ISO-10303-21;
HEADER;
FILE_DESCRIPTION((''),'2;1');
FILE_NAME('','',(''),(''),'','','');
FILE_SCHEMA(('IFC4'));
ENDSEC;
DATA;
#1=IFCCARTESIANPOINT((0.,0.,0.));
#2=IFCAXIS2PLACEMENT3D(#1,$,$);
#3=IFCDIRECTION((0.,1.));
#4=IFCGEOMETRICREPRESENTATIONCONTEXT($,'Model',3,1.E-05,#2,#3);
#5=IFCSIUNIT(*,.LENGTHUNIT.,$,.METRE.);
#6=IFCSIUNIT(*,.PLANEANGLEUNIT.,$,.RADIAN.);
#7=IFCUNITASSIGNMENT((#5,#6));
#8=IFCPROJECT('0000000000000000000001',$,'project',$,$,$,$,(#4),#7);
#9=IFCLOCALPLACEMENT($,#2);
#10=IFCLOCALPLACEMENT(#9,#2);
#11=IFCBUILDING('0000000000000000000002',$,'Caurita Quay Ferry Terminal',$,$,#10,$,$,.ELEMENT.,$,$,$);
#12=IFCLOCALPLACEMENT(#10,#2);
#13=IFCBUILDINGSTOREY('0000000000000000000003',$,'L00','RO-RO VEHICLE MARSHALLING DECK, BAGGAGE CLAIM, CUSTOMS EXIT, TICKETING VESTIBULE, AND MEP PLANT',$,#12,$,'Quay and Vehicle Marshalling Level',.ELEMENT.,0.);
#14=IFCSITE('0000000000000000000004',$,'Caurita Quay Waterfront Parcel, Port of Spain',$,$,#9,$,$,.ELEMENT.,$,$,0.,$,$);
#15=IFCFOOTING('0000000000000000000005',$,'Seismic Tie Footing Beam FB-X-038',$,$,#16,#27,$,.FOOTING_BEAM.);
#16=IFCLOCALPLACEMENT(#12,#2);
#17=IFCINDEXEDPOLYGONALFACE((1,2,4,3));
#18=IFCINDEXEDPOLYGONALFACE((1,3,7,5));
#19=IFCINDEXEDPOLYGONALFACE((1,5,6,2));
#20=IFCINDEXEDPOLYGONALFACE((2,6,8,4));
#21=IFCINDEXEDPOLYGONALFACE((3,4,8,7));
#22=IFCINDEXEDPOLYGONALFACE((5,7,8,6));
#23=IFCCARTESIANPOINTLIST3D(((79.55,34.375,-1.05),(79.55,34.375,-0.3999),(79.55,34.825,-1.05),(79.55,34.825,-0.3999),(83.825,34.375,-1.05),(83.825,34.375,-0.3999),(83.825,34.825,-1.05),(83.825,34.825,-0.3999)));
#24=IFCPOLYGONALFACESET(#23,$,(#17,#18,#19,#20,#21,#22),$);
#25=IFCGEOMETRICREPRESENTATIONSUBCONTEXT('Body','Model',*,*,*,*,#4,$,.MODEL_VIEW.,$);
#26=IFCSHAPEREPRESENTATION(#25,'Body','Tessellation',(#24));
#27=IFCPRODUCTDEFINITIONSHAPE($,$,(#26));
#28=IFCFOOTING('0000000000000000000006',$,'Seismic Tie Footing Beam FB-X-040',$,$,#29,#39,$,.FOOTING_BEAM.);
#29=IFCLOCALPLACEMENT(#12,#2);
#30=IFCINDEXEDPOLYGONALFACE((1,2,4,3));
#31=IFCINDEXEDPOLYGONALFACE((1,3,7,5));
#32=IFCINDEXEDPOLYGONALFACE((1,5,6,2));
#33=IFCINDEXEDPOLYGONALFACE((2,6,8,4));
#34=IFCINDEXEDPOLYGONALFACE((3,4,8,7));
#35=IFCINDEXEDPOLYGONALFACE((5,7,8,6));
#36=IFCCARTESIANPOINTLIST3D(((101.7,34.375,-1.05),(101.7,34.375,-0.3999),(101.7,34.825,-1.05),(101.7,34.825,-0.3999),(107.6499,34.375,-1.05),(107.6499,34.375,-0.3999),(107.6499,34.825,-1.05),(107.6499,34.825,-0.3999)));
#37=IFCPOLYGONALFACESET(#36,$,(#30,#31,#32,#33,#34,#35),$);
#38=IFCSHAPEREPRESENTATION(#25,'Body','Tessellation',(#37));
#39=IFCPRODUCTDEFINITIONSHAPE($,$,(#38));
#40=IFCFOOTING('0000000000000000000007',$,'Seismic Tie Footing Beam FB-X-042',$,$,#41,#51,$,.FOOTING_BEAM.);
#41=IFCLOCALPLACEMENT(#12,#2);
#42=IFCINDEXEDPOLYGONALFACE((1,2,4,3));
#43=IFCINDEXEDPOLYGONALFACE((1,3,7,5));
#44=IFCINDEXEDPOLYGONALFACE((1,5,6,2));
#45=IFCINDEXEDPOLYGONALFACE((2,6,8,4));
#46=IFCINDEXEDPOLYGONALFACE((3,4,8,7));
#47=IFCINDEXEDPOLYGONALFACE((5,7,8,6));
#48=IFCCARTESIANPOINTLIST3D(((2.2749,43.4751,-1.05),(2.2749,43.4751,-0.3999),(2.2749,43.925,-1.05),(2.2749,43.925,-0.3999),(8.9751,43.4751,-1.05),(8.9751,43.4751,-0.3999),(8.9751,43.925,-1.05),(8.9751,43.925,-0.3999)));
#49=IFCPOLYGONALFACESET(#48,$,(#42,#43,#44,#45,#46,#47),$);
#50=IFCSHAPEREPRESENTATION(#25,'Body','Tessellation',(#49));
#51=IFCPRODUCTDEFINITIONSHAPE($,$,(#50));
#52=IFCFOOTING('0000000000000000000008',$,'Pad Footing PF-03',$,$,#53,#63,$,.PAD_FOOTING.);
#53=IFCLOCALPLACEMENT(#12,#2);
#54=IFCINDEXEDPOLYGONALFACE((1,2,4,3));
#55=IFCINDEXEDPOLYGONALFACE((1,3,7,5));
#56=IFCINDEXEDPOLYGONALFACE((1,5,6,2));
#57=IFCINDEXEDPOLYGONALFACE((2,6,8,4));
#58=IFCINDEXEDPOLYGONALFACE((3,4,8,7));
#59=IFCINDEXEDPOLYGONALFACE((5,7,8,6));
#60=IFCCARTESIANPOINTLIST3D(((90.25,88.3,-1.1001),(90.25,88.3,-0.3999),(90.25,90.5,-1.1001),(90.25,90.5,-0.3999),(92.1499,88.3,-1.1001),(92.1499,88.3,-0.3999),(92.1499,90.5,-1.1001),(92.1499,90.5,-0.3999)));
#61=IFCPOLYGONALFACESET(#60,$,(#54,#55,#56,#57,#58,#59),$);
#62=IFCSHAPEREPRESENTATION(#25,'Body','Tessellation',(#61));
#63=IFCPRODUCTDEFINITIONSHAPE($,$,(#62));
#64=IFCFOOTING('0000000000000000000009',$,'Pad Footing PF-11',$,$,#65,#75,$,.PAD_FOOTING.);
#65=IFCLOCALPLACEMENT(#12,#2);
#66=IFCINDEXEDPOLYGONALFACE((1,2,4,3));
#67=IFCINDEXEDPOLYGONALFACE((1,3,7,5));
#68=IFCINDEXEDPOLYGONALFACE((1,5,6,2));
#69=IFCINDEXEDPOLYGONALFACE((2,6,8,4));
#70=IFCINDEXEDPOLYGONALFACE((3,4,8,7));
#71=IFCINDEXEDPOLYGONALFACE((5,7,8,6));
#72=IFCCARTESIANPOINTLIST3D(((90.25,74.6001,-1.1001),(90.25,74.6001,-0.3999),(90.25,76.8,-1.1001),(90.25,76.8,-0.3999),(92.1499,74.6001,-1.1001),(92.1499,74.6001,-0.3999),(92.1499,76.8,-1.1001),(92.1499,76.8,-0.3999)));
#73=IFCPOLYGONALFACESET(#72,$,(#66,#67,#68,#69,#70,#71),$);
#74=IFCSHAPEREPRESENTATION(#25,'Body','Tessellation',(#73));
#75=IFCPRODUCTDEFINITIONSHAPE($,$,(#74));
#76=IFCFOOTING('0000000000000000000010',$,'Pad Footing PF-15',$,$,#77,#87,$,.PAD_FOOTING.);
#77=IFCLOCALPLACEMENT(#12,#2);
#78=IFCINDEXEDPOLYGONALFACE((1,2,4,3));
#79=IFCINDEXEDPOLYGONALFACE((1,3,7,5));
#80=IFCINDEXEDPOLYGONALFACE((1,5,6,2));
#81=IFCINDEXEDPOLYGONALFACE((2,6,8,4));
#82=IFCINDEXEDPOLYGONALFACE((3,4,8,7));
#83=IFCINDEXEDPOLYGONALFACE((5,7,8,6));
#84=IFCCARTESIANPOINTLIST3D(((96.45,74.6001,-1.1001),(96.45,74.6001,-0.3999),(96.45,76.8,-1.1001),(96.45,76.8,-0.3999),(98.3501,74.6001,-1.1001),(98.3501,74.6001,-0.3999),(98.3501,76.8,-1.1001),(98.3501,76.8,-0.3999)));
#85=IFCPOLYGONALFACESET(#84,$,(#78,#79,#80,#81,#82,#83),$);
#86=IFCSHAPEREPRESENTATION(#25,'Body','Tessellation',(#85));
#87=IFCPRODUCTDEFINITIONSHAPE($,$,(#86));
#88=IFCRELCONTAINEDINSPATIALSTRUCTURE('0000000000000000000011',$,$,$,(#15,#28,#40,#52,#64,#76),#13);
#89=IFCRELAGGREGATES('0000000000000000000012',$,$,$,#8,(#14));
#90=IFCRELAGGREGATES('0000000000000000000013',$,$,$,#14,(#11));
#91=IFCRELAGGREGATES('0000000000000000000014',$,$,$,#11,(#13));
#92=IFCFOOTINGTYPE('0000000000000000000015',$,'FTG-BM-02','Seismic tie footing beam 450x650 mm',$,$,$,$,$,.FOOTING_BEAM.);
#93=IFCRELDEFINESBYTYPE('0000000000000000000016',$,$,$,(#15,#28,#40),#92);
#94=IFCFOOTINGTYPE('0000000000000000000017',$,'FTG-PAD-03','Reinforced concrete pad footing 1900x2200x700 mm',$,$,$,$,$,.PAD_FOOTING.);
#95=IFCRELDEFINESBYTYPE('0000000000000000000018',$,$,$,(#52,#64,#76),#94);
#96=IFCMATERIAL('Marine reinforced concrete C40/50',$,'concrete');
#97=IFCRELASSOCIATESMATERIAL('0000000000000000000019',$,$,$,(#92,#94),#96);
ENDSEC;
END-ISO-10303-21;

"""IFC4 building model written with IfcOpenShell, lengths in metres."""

from ifc_helpers import new_model, si_unit, direction, frame, origin, place, context, subcontext, project, spatial, polyline, outline, extrude, material, type_object, element, save


model = new_model("IFC4")

# Units and contexts
model_context = context("Model", 3, precision=1e-05, world=origin(), true_north=direction((0.0, 1.0)))
body_context = subcontext(model_context, "Body", "Model", "MODEL_VIEW")
ifc_project = project(units=[si_unit("LENGTHUNIT", "METRE"), si_unit("PLANEANGLEUNIT", "RADIAN")], contexts=[model_context])

# Site, building, storey
site_placement = place(None, origin())
site = spatial("IfcSite", under=ifc_project, at=site_placement, Name="Caurita Quay Waterfront Parcel, Port of Spain", CompositionType="ELEMENT", RefElevation=0.0)
building_placement = place(site_placement, origin())
building = spatial("IfcBuilding", under=site, at=building_placement, Name="Caurita Quay Ferry Terminal", CompositionType="ELEMENT")
storey_placement = place(building_placement, origin())
storey = spatial("IfcBuildingStorey", under=building, at=storey_placement, Name="L00", Description="RO-RO VEHICLE MARSHALLING DECK, BAGGAGE CLAIM, CUSTOMS EXIT, TICKETING VESTIBULE, AND MEP PLANT", LongName="Quay and Vehicle Marshalling Level", CompositionType="ELEMENT", Elevation=0.0)

# Footings
ifc_material = material(Name="Marine reinforced concrete C40/50", Category="concrete")
footing_type_1 = type_object("IfcFootingType", Name="FTG-BM-02", Description="Seismic tie footing beam 450x650 mm", PredefinedType="FOOTING_BEAM", material=ifc_material)
footing_1_placement = place(storey_placement, frame((0.0, 0.0, -1.05)))
element("IfcFooting", 1, at=footing_1_placement, inside=storey, type_object=footing_type_1, Name="Seismic Tie Footing Beam FB-X-038", PredefinedType="FOOTING_BEAM", context=body_context, shape_type="SweptSolid", body=[
    extrude(outline(polyline([(79.55, 34.375), (83.825, 34.375), (83.825, 34.825), (79.55, 34.825), (79.55, 34.375)])), origin(), (0.0, 0.0, 1.0), 0.6501),
])
footing_2_placement = place(storey_placement, frame((0.0, 0.0, -1.05)))
element("IfcFooting", 2, at=footing_2_placement, inside=storey, type_object=footing_type_1, Name="Seismic Tie Footing Beam FB-X-040", PredefinedType="FOOTING_BEAM", context=body_context, shape_type="SweptSolid", body=[
    extrude(outline(polyline([(101.7, 34.375), (107.6499, 34.375), (107.6499, 34.825), (101.7, 34.825), (101.7, 34.375)])), origin(), (0.0, 0.0, 1.0), 0.6501),
])
footing_3_placement = place(storey_placement, frame((0.0, 0.0, -1.05)))
element("IfcFooting", 3, at=footing_3_placement, inside=storey, type_object=footing_type_1, Name="Seismic Tie Footing Beam FB-X-042", PredefinedType="FOOTING_BEAM", context=body_context, shape_type="SweptSolid", body=[
    extrude(outline(polyline([(2.2749, 43.4751), (8.9751, 43.4751), (8.9751, 43.925), (2.2749, 43.925), (2.2749, 43.4751)])), origin(), (0.0, 0.0, 1.0), 0.6501),
])
footing_type_2 = type_object("IfcFootingType", Name="FTG-PAD-03", Description="Reinforced concrete pad footing 1900x2200x700 mm", PredefinedType="PAD_FOOTING", material=ifc_material)
footing_4_placement = place(storey_placement, frame((0.0, 0.0, -1.1001)))
element("IfcFooting", 4, at=footing_4_placement, inside=storey, type_object=footing_type_2, Name="Pad Footing PF-03", PredefinedType="PAD_FOOTING", context=body_context, shape_type="SweptSolid", body=[
    extrude(outline(polyline([(90.25, 88.3), (92.1499, 88.3), (92.1499, 90.5), (90.25, 90.5), (90.25, 88.3)])), origin(), (0.0, 0.0, 1.0), 0.7002),
])
footing_5_placement = place(storey_placement, frame((0.0, 0.0, -1.1001)))
element("IfcFooting", 5, at=footing_5_placement, inside=storey, type_object=footing_type_2, Name="Pad Footing PF-11", PredefinedType="PAD_FOOTING", context=body_context, shape_type="SweptSolid", body=[
    extrude(outline(polyline([(90.25, 74.6001), (92.1499, 74.6001), (92.1499, 76.8), (90.25, 76.8), (90.25, 74.6001)])), origin(), (0.0, 0.0, 1.0), 0.7002),
])
footing_6_placement = place(storey_placement, frame((0.0, 0.0, -1.1001)))
element("IfcFooting", 6, at=footing_6_placement, inside=storey, type_object=footing_type_2, Name="Pad Footing PF-15", PredefinedType="PAD_FOOTING", context=body_context, shape_type="SweptSolid", body=[
    extrude(outline(polyline([(96.45, 74.6001), (98.3501, 74.6001), (98.3501, 76.8), (96.45, 76.8), (96.45, 74.6001)])), origin(), (0.0, 0.0, 1.0), 0.7002),
])

save(model, "model.ifc")
